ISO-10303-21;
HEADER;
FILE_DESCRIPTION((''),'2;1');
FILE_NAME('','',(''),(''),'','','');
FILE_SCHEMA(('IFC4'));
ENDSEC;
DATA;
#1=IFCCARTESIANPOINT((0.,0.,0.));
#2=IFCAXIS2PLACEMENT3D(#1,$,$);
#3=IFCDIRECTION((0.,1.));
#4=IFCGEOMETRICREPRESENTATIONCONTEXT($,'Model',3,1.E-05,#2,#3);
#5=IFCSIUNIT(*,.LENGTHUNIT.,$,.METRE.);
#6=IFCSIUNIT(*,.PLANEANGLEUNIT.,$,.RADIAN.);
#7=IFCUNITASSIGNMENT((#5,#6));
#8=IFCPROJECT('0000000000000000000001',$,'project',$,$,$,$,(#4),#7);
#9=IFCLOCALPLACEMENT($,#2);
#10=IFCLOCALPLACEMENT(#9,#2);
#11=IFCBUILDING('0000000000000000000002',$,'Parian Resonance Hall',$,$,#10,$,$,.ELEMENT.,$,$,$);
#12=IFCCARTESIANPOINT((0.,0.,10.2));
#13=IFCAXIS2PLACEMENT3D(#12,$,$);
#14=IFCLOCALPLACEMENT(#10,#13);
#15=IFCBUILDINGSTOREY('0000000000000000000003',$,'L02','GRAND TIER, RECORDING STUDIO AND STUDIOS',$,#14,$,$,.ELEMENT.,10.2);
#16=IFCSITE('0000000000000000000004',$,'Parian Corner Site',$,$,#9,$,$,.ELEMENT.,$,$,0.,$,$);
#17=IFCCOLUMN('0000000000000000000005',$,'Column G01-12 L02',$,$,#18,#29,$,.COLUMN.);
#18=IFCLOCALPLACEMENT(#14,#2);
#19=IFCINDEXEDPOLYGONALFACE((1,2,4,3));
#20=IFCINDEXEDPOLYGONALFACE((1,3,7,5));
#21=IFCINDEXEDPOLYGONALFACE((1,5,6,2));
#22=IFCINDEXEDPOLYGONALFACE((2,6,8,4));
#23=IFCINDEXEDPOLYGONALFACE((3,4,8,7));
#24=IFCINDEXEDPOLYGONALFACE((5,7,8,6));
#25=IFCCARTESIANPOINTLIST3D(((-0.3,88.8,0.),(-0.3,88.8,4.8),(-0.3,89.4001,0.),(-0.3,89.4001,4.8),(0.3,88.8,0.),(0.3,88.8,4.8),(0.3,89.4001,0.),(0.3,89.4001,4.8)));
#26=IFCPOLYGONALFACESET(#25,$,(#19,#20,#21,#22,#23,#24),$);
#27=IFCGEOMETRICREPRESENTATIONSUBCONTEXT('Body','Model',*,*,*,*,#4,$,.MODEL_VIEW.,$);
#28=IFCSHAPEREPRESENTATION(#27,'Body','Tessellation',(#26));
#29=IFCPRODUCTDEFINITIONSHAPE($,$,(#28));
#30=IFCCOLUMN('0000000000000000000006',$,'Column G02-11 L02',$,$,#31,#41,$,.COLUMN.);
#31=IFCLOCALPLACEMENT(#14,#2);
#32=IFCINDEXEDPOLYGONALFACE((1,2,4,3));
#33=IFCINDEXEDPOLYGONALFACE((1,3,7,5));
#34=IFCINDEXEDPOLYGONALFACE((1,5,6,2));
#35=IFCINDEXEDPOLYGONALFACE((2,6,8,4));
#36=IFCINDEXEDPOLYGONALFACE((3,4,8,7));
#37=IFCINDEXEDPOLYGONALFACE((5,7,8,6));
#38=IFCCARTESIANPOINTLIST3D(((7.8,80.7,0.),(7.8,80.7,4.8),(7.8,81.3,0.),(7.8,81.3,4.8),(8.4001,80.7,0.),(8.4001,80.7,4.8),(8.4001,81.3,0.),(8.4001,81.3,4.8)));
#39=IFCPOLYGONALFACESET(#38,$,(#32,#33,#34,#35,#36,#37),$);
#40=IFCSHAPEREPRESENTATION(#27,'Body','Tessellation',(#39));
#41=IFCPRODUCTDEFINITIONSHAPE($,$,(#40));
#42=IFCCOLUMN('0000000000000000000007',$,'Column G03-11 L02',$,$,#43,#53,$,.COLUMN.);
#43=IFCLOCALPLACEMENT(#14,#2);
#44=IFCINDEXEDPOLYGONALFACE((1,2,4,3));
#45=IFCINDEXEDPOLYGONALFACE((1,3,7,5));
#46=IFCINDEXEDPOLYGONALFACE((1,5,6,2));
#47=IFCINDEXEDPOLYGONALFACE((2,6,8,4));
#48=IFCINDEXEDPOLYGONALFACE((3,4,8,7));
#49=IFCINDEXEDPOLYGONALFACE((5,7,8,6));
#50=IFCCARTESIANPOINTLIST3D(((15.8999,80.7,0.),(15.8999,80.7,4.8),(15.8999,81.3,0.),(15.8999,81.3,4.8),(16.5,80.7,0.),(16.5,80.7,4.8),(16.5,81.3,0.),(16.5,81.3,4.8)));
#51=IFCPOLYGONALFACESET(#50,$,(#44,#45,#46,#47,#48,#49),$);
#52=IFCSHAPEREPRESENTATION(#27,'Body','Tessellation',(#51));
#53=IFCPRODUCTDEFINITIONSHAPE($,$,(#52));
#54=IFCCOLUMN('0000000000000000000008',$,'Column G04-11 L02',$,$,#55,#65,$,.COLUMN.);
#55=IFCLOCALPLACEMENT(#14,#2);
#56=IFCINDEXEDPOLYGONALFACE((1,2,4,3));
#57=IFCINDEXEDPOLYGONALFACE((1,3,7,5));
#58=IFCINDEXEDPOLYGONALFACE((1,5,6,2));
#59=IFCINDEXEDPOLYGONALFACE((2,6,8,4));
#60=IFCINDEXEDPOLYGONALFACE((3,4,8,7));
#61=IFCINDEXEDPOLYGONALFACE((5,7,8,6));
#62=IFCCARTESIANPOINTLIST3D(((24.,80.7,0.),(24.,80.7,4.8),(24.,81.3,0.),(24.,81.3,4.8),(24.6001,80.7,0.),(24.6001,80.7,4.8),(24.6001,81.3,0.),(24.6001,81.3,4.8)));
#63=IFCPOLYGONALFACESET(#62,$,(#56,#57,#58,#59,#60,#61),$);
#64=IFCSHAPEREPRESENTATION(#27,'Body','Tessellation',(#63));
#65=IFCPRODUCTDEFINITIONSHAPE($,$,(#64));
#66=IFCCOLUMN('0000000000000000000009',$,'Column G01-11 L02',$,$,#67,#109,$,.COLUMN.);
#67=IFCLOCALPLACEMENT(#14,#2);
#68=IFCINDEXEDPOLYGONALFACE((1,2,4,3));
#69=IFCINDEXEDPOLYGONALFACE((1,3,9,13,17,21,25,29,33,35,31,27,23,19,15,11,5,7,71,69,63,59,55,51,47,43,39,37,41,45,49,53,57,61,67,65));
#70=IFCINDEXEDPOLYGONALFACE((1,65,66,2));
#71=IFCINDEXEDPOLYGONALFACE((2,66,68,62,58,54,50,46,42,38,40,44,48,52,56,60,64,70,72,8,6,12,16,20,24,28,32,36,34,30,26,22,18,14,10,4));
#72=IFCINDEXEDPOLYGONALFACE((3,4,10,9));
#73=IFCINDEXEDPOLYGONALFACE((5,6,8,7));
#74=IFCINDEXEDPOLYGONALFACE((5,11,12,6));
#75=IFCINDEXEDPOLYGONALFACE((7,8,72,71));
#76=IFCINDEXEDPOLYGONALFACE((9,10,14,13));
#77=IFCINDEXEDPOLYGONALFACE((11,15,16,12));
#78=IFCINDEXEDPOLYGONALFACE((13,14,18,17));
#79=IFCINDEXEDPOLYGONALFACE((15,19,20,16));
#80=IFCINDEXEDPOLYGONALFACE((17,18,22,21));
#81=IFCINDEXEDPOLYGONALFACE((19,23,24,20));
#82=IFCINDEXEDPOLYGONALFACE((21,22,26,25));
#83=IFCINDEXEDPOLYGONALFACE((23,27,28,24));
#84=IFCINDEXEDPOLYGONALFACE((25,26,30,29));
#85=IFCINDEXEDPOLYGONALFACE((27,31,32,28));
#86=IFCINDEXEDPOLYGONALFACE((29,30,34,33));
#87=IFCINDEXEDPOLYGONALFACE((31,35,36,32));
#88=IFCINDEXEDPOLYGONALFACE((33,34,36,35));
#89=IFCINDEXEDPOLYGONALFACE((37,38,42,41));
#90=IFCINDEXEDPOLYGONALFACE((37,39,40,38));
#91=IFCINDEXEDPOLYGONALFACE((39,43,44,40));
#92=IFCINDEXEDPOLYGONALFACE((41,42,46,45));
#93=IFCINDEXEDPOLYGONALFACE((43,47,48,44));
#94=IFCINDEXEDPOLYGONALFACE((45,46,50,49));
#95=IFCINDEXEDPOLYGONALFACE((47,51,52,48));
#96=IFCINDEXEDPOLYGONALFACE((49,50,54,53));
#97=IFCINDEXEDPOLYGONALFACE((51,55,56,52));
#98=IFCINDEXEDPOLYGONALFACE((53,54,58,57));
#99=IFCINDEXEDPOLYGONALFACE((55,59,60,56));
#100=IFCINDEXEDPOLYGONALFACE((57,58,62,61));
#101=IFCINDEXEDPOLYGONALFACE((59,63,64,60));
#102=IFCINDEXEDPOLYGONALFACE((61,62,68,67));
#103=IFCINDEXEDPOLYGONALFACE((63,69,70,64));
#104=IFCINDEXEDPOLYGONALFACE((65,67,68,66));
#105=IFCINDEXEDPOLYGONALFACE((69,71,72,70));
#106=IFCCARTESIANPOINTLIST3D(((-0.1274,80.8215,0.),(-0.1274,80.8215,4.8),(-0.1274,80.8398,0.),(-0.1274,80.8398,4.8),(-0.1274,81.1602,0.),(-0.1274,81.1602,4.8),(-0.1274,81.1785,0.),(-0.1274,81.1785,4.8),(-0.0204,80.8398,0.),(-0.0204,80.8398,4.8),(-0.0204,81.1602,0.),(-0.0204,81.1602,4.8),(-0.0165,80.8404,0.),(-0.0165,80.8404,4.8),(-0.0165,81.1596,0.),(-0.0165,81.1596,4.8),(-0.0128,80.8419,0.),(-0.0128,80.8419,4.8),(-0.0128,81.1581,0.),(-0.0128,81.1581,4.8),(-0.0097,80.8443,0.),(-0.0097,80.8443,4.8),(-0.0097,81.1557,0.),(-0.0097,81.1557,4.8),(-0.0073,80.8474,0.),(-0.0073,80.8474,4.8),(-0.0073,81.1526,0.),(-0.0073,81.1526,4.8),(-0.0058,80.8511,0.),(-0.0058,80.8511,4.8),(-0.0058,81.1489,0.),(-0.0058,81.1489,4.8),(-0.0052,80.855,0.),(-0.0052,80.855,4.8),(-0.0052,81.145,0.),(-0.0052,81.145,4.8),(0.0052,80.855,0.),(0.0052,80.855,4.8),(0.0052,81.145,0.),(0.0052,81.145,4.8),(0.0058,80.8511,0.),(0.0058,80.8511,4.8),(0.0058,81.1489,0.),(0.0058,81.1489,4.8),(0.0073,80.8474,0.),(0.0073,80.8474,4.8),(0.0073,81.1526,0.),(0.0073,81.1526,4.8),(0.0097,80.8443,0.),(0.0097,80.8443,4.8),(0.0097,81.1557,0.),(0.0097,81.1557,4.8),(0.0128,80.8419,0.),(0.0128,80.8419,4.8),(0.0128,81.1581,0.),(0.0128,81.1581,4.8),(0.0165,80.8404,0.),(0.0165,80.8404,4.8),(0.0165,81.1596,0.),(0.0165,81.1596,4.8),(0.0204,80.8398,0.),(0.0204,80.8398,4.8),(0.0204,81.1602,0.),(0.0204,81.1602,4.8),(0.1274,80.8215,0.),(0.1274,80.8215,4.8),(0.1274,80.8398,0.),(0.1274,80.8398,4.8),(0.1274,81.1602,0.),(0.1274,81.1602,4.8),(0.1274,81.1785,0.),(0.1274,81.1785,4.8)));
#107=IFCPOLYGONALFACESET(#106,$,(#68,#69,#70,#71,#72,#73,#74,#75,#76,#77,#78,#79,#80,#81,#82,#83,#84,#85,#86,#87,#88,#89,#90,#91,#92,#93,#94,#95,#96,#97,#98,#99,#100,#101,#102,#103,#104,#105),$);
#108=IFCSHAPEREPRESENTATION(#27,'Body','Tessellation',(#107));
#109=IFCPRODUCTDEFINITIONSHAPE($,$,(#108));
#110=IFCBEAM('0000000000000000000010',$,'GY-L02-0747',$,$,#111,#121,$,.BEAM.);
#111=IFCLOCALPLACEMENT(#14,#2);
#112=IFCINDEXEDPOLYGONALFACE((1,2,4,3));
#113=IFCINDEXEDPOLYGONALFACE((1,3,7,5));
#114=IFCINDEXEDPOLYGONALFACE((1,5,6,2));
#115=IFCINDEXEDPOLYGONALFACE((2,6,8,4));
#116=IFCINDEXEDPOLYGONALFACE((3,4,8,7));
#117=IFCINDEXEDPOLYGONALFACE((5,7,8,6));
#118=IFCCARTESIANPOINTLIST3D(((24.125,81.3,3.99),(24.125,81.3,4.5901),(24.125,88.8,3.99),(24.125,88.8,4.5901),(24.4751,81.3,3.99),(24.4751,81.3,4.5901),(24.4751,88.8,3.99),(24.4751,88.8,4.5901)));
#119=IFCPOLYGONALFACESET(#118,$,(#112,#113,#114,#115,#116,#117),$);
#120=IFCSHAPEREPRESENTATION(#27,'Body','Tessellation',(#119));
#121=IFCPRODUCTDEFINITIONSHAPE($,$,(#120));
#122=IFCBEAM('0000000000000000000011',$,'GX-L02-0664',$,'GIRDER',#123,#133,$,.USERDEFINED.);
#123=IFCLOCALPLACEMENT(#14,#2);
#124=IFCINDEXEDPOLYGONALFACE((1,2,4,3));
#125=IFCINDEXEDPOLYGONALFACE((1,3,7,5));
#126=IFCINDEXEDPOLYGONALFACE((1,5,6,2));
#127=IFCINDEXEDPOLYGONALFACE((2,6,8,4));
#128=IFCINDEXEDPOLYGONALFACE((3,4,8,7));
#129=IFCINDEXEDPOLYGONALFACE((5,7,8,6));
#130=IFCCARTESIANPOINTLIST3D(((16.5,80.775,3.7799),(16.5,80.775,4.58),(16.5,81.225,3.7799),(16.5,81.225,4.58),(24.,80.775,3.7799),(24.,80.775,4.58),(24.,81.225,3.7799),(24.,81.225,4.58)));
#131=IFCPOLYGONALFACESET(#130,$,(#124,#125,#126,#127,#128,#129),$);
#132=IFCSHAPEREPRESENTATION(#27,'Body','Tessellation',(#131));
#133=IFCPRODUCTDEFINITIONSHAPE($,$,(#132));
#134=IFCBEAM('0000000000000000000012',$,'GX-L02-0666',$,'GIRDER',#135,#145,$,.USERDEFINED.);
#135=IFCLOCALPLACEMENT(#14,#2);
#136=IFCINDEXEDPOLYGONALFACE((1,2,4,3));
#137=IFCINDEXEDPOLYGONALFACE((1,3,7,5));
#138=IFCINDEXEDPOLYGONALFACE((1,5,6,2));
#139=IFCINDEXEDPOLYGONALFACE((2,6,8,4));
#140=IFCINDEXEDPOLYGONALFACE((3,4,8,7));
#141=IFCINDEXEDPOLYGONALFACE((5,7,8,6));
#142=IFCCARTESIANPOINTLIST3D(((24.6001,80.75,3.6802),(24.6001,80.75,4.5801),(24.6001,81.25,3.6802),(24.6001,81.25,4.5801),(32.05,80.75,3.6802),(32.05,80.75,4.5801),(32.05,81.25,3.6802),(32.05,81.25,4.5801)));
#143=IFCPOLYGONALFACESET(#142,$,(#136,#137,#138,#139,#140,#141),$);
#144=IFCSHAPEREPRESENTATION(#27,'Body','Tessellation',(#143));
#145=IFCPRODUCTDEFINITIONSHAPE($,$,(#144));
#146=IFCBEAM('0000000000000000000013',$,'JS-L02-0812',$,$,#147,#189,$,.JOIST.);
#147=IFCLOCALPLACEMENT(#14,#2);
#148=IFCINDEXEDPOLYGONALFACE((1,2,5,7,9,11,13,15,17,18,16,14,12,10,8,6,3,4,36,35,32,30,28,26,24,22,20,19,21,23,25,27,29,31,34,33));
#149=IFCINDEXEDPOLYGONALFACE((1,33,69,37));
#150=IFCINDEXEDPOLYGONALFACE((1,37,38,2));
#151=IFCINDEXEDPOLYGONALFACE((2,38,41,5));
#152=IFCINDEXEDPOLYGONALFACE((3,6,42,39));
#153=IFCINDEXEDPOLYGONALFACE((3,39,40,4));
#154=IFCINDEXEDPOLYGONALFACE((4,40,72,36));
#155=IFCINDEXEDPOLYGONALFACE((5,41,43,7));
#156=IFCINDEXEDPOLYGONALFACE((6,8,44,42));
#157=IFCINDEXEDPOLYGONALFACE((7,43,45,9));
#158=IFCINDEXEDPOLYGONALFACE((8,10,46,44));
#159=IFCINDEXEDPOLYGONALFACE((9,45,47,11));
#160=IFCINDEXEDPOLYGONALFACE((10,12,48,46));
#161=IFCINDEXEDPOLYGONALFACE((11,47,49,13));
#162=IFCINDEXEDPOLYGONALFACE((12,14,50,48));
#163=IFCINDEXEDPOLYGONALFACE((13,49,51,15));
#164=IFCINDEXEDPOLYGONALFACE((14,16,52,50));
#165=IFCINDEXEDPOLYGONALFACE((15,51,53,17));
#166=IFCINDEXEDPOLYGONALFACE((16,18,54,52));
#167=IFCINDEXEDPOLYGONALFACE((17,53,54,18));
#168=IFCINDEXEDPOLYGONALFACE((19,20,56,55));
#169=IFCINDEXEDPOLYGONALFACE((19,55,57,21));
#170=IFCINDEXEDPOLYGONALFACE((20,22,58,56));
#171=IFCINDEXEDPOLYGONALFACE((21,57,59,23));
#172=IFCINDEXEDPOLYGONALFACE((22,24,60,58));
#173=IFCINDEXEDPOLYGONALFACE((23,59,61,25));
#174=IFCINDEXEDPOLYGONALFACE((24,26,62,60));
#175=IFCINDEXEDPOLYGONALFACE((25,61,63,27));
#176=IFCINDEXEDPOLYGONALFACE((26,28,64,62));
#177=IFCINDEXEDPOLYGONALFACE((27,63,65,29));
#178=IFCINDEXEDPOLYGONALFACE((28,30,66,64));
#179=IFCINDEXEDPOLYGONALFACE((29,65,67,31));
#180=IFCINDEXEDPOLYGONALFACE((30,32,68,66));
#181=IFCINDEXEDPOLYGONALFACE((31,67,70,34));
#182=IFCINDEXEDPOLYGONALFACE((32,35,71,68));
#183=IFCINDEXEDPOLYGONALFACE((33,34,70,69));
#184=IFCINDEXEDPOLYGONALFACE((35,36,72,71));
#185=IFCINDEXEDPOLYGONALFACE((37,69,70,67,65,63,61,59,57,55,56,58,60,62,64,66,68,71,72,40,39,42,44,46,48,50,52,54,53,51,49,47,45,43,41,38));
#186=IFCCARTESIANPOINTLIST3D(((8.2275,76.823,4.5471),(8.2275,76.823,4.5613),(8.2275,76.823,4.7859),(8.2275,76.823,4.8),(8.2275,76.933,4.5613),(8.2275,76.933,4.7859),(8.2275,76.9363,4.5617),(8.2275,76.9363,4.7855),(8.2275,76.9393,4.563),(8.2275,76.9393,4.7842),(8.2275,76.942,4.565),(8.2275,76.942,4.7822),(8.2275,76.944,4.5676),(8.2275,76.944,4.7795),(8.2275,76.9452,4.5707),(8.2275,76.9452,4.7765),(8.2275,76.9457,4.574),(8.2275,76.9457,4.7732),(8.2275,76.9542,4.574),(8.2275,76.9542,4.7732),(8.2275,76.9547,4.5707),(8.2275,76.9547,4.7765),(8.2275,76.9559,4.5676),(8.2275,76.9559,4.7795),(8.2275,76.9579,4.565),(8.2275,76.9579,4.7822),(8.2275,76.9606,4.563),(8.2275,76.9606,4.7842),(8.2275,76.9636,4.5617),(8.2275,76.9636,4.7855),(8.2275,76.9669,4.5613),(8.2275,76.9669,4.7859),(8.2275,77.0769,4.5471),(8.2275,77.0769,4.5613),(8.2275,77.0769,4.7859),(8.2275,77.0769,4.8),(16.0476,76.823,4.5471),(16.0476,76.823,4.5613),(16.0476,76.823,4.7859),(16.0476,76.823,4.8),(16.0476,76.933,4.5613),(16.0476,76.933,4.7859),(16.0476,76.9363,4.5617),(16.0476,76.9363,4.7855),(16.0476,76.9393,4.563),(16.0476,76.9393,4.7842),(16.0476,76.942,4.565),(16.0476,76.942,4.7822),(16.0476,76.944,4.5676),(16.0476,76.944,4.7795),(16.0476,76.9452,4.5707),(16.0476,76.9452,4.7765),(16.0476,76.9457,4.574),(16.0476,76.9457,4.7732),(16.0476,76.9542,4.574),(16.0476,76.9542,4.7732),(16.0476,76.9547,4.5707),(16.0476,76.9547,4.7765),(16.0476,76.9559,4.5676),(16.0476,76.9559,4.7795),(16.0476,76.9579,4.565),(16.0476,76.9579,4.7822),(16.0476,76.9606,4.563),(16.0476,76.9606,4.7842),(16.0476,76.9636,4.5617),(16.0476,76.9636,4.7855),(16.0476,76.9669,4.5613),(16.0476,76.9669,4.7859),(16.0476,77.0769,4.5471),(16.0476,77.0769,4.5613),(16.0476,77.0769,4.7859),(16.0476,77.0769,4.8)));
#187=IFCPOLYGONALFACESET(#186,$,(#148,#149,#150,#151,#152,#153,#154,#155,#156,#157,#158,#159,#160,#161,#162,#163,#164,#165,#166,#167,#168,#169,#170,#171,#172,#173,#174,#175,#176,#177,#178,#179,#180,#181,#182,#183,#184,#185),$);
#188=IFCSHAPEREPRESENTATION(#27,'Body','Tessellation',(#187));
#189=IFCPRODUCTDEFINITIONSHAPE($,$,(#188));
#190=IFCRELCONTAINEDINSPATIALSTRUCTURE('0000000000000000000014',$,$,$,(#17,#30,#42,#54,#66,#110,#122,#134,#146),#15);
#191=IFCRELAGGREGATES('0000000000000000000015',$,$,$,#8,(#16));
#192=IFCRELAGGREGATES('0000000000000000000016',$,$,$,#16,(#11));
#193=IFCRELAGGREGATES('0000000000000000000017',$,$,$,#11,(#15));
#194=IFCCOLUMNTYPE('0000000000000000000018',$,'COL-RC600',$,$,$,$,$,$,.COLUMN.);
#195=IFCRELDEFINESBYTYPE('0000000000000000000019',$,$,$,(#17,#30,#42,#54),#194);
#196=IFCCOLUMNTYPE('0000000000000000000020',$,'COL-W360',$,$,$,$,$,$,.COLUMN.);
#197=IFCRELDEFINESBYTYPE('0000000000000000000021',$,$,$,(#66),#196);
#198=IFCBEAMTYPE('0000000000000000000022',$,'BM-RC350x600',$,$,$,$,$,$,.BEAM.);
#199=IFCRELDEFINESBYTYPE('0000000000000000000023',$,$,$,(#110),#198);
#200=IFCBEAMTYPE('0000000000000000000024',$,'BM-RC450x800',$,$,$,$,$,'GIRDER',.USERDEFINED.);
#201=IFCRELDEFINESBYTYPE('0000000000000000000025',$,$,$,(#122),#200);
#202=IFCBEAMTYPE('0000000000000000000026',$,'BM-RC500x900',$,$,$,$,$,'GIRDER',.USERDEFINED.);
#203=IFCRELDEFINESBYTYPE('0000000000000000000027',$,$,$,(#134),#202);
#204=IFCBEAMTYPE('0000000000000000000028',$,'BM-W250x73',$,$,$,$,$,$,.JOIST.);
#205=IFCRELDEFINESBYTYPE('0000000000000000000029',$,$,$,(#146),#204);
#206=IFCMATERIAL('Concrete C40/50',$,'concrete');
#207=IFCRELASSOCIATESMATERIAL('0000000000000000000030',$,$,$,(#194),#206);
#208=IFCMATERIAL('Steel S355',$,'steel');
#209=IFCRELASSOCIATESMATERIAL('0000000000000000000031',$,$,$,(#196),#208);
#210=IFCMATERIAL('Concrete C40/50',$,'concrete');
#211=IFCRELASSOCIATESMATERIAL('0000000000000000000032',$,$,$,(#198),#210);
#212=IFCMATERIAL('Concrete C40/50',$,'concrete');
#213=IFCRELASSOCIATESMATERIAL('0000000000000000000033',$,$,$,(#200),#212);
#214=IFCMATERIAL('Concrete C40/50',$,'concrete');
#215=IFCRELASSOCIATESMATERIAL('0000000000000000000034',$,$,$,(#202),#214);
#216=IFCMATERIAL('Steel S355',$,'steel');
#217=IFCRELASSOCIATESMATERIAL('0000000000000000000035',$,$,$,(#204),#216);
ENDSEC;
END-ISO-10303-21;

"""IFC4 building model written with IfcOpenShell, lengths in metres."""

from ifc_helpers import new_model, si_unit, direction, frame, origin, origin_2d, place, context, subcontext, project, spatial, rectangle, i_section, extrude, material, material_profile, profile_set, type_object, element, save


model = new_model("IFC4")

# Units and contexts
model_context = context("Model", 3, precision=1e-05, world=origin(), true_north=direction((0.0, 1.0)))
body_context = subcontext(model_context, "Body", "Model", "MODEL_VIEW")
ifc_project = project(units=[si_unit("LENGTHUNIT", "METRE"), si_unit("PLANEANGLEUNIT", "RADIAN")], contexts=[model_context])

# Site, building, storey
site_placement = place(None, origin())
site = spatial("IfcSite", under=ifc_project, at=site_placement, Name="Parian Corner Site", CompositionType="ELEMENT", RefElevation=0.0)
building_placement = place(site_placement, origin())
building = spatial("IfcBuilding", under=site, at=building_placement, Name="Parian Resonance Hall", CompositionType="ELEMENT")
storey_placement = place(building_placement, frame((0.0, 0.0, 10.2)))
storey = spatial("IfcBuildingStorey", under=building, at=storey_placement, Name="L02", Description="GRAND TIER, RECORDING STUDIO AND STUDIOS", CompositionType="ELEMENT", Elevation=10.2)

# Columns
ifc_material_1 = material(Name="Concrete C40/50", Category="concrete")
ifc_material_profile_1 = material_profile(ifc_material_1, rectangle(XDim=0.6001, YDim=0.6001, at=origin_2d()), Name="RC-COL-600x600")
ifc_profile_set_1 = profile_set([ifc_material_profile_1], Name="Concrete C40/50")
column_type_1 = type_object("IfcColumnType", Name="COL-RC600", PredefinedType="COLUMN", material=ifc_profile_set_1)
for number, where, z_axis, x_axis, name in (
    (1, (0.0, 89.1001, 0.0), (0.0, 0.0, 1.0), (1.0, 0.0, 0.0), "Column G01-12 L02"),
    (2, (8.1001, 81.0, 0.0), (0.0, 0.0, 1.0), (1.0, 0.0, 0.0), "Column G02-11 L02"),
    (3, (16.2, 81.0, 0.0), (0.0, 0.0, 1.0), (1.0, 0.0, 0.0), "Column G03-11 L02"),
    (4, (24.3, 81.0, 0.0), (0.0, 0.0, 1.0), (1.0, 0.0, 0.0), "Column G04-11 L02"),
):
    element("IfcColumn", number, at=place(storey_placement, frame(where, z_axis=z_axis, x_axis=x_axis)), inside=storey, type_object=column_type_1, Name=name, PredefinedType="COLUMN", context=body_context, shape_type="SweptSolid", body=[
        extrude(rectangle(XDim=0.6001, YDim=0.6001, at=origin_2d()), origin(), (0.0, 0.0, 1.0), 4.8),
    ])
ifc_material_2 = material(Name="Steel S355", Category="steel")
ifc_material_profile_2 = material_profile(ifc_material_2, i_section(OverallWidth=0.2549, OverallDepth=0.3569, WebThickness=0.0105, FlangeThickness=0.0183, FilletRadius=0.0151, at=origin_2d()), Name="W360x101")
ifc_profile_set_2 = profile_set([ifc_material_profile_2], Name="Steel S355")
column_type_2 = type_object("IfcColumnType", Name="COL-W360", PredefinedType="COLUMN", material=ifc_profile_set_2)
column_placement = place(storey_placement, frame((0.0, 81.0, 0.0), z_axis=(0.0, 0.0, 1.0), x_axis=(1.0, 0.0, 0.0)))
element("IfcColumn", 5, at=column_placement, inside=storey, type_object=column_type_2, Name="Column G01-11 L02", PredefinedType="COLUMN", context=body_context, shape_type="SweptSolid", body=[
    extrude(i_section(OverallWidth=0.2549, OverallDepth=0.3569, WebThickness=0.0105, FlangeThickness=0.0183, FilletRadius=0.0151, at=origin_2d()), origin(), (0.0, 0.0, 1.0), 4.8),
])

# Beams
ifc_material_3 = material(Name="Concrete C40/50", Category="concrete")
ifc_material_profile_3 = material_profile(ifc_material_3, rectangle(XDim=0.3501, YDim=0.6001, at=origin_2d()), Name="RC-BM-350x600")
ifc_profile_set_3 = profile_set([ifc_material_profile_3], Name="Concrete C40/50")
beam_type_1 = type_object("IfcBeamType", Name="BM-RC350x600", PredefinedType="BEAM", material=ifc_profile_set_3)
beam_1_placement = place(storey_placement, frame((24.3, 81.3, 4.29), z_axis=(0.0, 1.0, 0.0), x_axis=(-1.0, 0.0, 0.0)))
element("IfcBeam", 6, at=beam_1_placement, inside=storey, type_object=beam_type_1, Name="GY-L02-0747", PredefinedType="BEAM", context=body_context, shape_type="SweptSolid", body=[
    extrude(rectangle(XDim=0.3501, YDim=0.6001, at=origin_2d()), origin(), (0.0, 0.0, 1.0), 7.5),
])
ifc_material_4 = material(Name="Concrete C40/50", Category="concrete")
ifc_material_profile_4 = material_profile(ifc_material_4, rectangle(XDim=0.45, YDim=0.8, at=origin_2d()), Name="RC-BM-450x800")
ifc_profile_set_4 = profile_set([ifc_material_profile_4], Name="Concrete C40/50")
beam_type_2 = type_object("IfcBeamType", Name="BM-RC450x800", ElementType="GIRDER", PredefinedType="USERDEFINED", material=ifc_profile_set_4)
beam_2_placement = place(storey_placement, frame((16.5, 81.0, 4.1799), z_axis=(1.0, 0.0, 0.0), x_axis=(0.0, 1.0, 0.0)))
element("IfcBeam", 7, at=beam_2_placement, inside=storey, type_object=beam_type_2, Name="GX-L02-0664", ObjectType="GIRDER", PredefinedType="USERDEFINED", context=body_context, shape_type="SweptSolid", body=[
    extrude(rectangle(XDim=0.45, YDim=0.8, at=origin_2d()), origin(), (0.0, 0.0, 1.0), 7.5),
])
ifc_material_5 = material(Name="Concrete C40/50", Category="concrete")
ifc_material_profile_5 = material_profile(ifc_material_5, rectangle(XDim=0.5, YDim=0.8999, at=origin_2d()), Name="RC-BM-500x900")
ifc_profile_set_5 = profile_set([ifc_material_profile_5], Name="Concrete C40/50")
beam_type_3 = type_object("IfcBeamType", Name="BM-RC500x900", ElementType="GIRDER", PredefinedType="USERDEFINED", material=ifc_profile_set_5)
beam_3_placement = place(storey_placement, frame((24.6001, 81.0, 4.1301), z_axis=(1.0, 0.0, 0.0), x_axis=(0.0, 1.0, 0.0)))
element("IfcBeam", 8, at=beam_3_placement, inside=storey, type_object=beam_type_3, Name="GX-L02-0666", ObjectType="GIRDER", PredefinedType="USERDEFINED", context=body_context, shape_type="SweptSolid", body=[
    extrude(rectangle(XDim=0.5, YDim=0.8999, at=origin_2d()), origin(), (0.0, 0.0, 1.0), 7.45),
])
ifc_material_6 = material(Name="Steel S355", Category="steel")
ifc_material_profile_6 = material_profile(ifc_material_6, i_section(OverallWidth=0.2539, OverallDepth=0.2529, WebThickness=0.0085, FlangeThickness=0.0142, FilletRadius=0.0127, at=origin_2d()), Name="W250x73")
ifc_profile_set_6 = profile_set([ifc_material_profile_6], Name="Steel S355")
beam_type_4 = type_object("IfcBeamType", Name="BM-W250x73", PredefinedType="JOIST", material=ifc_profile_set_6)
beam_4_placement = place(storey_placement, frame((8.2275, 76.95, 4.6736), z_axis=(1.0, 0.0, 0.0), x_axis=(0.0, 1.0, 0.0)))
element("IfcBeam", 9, at=beam_4_placement, inside=storey, type_object=beam_type_4, Name="JS-L02-0812", PredefinedType="JOIST", context=body_context, shape_type="SweptSolid", body=[
    extrude(i_section(OverallWidth=0.2539, OverallDepth=0.2529, WebThickness=0.0085, FlangeThickness=0.0142, FilletRadius=0.0127, at=origin_2d()), origin(), (0.0, 0.0, 1.0), 7.8201),
])

save(model, "model.ifc")
